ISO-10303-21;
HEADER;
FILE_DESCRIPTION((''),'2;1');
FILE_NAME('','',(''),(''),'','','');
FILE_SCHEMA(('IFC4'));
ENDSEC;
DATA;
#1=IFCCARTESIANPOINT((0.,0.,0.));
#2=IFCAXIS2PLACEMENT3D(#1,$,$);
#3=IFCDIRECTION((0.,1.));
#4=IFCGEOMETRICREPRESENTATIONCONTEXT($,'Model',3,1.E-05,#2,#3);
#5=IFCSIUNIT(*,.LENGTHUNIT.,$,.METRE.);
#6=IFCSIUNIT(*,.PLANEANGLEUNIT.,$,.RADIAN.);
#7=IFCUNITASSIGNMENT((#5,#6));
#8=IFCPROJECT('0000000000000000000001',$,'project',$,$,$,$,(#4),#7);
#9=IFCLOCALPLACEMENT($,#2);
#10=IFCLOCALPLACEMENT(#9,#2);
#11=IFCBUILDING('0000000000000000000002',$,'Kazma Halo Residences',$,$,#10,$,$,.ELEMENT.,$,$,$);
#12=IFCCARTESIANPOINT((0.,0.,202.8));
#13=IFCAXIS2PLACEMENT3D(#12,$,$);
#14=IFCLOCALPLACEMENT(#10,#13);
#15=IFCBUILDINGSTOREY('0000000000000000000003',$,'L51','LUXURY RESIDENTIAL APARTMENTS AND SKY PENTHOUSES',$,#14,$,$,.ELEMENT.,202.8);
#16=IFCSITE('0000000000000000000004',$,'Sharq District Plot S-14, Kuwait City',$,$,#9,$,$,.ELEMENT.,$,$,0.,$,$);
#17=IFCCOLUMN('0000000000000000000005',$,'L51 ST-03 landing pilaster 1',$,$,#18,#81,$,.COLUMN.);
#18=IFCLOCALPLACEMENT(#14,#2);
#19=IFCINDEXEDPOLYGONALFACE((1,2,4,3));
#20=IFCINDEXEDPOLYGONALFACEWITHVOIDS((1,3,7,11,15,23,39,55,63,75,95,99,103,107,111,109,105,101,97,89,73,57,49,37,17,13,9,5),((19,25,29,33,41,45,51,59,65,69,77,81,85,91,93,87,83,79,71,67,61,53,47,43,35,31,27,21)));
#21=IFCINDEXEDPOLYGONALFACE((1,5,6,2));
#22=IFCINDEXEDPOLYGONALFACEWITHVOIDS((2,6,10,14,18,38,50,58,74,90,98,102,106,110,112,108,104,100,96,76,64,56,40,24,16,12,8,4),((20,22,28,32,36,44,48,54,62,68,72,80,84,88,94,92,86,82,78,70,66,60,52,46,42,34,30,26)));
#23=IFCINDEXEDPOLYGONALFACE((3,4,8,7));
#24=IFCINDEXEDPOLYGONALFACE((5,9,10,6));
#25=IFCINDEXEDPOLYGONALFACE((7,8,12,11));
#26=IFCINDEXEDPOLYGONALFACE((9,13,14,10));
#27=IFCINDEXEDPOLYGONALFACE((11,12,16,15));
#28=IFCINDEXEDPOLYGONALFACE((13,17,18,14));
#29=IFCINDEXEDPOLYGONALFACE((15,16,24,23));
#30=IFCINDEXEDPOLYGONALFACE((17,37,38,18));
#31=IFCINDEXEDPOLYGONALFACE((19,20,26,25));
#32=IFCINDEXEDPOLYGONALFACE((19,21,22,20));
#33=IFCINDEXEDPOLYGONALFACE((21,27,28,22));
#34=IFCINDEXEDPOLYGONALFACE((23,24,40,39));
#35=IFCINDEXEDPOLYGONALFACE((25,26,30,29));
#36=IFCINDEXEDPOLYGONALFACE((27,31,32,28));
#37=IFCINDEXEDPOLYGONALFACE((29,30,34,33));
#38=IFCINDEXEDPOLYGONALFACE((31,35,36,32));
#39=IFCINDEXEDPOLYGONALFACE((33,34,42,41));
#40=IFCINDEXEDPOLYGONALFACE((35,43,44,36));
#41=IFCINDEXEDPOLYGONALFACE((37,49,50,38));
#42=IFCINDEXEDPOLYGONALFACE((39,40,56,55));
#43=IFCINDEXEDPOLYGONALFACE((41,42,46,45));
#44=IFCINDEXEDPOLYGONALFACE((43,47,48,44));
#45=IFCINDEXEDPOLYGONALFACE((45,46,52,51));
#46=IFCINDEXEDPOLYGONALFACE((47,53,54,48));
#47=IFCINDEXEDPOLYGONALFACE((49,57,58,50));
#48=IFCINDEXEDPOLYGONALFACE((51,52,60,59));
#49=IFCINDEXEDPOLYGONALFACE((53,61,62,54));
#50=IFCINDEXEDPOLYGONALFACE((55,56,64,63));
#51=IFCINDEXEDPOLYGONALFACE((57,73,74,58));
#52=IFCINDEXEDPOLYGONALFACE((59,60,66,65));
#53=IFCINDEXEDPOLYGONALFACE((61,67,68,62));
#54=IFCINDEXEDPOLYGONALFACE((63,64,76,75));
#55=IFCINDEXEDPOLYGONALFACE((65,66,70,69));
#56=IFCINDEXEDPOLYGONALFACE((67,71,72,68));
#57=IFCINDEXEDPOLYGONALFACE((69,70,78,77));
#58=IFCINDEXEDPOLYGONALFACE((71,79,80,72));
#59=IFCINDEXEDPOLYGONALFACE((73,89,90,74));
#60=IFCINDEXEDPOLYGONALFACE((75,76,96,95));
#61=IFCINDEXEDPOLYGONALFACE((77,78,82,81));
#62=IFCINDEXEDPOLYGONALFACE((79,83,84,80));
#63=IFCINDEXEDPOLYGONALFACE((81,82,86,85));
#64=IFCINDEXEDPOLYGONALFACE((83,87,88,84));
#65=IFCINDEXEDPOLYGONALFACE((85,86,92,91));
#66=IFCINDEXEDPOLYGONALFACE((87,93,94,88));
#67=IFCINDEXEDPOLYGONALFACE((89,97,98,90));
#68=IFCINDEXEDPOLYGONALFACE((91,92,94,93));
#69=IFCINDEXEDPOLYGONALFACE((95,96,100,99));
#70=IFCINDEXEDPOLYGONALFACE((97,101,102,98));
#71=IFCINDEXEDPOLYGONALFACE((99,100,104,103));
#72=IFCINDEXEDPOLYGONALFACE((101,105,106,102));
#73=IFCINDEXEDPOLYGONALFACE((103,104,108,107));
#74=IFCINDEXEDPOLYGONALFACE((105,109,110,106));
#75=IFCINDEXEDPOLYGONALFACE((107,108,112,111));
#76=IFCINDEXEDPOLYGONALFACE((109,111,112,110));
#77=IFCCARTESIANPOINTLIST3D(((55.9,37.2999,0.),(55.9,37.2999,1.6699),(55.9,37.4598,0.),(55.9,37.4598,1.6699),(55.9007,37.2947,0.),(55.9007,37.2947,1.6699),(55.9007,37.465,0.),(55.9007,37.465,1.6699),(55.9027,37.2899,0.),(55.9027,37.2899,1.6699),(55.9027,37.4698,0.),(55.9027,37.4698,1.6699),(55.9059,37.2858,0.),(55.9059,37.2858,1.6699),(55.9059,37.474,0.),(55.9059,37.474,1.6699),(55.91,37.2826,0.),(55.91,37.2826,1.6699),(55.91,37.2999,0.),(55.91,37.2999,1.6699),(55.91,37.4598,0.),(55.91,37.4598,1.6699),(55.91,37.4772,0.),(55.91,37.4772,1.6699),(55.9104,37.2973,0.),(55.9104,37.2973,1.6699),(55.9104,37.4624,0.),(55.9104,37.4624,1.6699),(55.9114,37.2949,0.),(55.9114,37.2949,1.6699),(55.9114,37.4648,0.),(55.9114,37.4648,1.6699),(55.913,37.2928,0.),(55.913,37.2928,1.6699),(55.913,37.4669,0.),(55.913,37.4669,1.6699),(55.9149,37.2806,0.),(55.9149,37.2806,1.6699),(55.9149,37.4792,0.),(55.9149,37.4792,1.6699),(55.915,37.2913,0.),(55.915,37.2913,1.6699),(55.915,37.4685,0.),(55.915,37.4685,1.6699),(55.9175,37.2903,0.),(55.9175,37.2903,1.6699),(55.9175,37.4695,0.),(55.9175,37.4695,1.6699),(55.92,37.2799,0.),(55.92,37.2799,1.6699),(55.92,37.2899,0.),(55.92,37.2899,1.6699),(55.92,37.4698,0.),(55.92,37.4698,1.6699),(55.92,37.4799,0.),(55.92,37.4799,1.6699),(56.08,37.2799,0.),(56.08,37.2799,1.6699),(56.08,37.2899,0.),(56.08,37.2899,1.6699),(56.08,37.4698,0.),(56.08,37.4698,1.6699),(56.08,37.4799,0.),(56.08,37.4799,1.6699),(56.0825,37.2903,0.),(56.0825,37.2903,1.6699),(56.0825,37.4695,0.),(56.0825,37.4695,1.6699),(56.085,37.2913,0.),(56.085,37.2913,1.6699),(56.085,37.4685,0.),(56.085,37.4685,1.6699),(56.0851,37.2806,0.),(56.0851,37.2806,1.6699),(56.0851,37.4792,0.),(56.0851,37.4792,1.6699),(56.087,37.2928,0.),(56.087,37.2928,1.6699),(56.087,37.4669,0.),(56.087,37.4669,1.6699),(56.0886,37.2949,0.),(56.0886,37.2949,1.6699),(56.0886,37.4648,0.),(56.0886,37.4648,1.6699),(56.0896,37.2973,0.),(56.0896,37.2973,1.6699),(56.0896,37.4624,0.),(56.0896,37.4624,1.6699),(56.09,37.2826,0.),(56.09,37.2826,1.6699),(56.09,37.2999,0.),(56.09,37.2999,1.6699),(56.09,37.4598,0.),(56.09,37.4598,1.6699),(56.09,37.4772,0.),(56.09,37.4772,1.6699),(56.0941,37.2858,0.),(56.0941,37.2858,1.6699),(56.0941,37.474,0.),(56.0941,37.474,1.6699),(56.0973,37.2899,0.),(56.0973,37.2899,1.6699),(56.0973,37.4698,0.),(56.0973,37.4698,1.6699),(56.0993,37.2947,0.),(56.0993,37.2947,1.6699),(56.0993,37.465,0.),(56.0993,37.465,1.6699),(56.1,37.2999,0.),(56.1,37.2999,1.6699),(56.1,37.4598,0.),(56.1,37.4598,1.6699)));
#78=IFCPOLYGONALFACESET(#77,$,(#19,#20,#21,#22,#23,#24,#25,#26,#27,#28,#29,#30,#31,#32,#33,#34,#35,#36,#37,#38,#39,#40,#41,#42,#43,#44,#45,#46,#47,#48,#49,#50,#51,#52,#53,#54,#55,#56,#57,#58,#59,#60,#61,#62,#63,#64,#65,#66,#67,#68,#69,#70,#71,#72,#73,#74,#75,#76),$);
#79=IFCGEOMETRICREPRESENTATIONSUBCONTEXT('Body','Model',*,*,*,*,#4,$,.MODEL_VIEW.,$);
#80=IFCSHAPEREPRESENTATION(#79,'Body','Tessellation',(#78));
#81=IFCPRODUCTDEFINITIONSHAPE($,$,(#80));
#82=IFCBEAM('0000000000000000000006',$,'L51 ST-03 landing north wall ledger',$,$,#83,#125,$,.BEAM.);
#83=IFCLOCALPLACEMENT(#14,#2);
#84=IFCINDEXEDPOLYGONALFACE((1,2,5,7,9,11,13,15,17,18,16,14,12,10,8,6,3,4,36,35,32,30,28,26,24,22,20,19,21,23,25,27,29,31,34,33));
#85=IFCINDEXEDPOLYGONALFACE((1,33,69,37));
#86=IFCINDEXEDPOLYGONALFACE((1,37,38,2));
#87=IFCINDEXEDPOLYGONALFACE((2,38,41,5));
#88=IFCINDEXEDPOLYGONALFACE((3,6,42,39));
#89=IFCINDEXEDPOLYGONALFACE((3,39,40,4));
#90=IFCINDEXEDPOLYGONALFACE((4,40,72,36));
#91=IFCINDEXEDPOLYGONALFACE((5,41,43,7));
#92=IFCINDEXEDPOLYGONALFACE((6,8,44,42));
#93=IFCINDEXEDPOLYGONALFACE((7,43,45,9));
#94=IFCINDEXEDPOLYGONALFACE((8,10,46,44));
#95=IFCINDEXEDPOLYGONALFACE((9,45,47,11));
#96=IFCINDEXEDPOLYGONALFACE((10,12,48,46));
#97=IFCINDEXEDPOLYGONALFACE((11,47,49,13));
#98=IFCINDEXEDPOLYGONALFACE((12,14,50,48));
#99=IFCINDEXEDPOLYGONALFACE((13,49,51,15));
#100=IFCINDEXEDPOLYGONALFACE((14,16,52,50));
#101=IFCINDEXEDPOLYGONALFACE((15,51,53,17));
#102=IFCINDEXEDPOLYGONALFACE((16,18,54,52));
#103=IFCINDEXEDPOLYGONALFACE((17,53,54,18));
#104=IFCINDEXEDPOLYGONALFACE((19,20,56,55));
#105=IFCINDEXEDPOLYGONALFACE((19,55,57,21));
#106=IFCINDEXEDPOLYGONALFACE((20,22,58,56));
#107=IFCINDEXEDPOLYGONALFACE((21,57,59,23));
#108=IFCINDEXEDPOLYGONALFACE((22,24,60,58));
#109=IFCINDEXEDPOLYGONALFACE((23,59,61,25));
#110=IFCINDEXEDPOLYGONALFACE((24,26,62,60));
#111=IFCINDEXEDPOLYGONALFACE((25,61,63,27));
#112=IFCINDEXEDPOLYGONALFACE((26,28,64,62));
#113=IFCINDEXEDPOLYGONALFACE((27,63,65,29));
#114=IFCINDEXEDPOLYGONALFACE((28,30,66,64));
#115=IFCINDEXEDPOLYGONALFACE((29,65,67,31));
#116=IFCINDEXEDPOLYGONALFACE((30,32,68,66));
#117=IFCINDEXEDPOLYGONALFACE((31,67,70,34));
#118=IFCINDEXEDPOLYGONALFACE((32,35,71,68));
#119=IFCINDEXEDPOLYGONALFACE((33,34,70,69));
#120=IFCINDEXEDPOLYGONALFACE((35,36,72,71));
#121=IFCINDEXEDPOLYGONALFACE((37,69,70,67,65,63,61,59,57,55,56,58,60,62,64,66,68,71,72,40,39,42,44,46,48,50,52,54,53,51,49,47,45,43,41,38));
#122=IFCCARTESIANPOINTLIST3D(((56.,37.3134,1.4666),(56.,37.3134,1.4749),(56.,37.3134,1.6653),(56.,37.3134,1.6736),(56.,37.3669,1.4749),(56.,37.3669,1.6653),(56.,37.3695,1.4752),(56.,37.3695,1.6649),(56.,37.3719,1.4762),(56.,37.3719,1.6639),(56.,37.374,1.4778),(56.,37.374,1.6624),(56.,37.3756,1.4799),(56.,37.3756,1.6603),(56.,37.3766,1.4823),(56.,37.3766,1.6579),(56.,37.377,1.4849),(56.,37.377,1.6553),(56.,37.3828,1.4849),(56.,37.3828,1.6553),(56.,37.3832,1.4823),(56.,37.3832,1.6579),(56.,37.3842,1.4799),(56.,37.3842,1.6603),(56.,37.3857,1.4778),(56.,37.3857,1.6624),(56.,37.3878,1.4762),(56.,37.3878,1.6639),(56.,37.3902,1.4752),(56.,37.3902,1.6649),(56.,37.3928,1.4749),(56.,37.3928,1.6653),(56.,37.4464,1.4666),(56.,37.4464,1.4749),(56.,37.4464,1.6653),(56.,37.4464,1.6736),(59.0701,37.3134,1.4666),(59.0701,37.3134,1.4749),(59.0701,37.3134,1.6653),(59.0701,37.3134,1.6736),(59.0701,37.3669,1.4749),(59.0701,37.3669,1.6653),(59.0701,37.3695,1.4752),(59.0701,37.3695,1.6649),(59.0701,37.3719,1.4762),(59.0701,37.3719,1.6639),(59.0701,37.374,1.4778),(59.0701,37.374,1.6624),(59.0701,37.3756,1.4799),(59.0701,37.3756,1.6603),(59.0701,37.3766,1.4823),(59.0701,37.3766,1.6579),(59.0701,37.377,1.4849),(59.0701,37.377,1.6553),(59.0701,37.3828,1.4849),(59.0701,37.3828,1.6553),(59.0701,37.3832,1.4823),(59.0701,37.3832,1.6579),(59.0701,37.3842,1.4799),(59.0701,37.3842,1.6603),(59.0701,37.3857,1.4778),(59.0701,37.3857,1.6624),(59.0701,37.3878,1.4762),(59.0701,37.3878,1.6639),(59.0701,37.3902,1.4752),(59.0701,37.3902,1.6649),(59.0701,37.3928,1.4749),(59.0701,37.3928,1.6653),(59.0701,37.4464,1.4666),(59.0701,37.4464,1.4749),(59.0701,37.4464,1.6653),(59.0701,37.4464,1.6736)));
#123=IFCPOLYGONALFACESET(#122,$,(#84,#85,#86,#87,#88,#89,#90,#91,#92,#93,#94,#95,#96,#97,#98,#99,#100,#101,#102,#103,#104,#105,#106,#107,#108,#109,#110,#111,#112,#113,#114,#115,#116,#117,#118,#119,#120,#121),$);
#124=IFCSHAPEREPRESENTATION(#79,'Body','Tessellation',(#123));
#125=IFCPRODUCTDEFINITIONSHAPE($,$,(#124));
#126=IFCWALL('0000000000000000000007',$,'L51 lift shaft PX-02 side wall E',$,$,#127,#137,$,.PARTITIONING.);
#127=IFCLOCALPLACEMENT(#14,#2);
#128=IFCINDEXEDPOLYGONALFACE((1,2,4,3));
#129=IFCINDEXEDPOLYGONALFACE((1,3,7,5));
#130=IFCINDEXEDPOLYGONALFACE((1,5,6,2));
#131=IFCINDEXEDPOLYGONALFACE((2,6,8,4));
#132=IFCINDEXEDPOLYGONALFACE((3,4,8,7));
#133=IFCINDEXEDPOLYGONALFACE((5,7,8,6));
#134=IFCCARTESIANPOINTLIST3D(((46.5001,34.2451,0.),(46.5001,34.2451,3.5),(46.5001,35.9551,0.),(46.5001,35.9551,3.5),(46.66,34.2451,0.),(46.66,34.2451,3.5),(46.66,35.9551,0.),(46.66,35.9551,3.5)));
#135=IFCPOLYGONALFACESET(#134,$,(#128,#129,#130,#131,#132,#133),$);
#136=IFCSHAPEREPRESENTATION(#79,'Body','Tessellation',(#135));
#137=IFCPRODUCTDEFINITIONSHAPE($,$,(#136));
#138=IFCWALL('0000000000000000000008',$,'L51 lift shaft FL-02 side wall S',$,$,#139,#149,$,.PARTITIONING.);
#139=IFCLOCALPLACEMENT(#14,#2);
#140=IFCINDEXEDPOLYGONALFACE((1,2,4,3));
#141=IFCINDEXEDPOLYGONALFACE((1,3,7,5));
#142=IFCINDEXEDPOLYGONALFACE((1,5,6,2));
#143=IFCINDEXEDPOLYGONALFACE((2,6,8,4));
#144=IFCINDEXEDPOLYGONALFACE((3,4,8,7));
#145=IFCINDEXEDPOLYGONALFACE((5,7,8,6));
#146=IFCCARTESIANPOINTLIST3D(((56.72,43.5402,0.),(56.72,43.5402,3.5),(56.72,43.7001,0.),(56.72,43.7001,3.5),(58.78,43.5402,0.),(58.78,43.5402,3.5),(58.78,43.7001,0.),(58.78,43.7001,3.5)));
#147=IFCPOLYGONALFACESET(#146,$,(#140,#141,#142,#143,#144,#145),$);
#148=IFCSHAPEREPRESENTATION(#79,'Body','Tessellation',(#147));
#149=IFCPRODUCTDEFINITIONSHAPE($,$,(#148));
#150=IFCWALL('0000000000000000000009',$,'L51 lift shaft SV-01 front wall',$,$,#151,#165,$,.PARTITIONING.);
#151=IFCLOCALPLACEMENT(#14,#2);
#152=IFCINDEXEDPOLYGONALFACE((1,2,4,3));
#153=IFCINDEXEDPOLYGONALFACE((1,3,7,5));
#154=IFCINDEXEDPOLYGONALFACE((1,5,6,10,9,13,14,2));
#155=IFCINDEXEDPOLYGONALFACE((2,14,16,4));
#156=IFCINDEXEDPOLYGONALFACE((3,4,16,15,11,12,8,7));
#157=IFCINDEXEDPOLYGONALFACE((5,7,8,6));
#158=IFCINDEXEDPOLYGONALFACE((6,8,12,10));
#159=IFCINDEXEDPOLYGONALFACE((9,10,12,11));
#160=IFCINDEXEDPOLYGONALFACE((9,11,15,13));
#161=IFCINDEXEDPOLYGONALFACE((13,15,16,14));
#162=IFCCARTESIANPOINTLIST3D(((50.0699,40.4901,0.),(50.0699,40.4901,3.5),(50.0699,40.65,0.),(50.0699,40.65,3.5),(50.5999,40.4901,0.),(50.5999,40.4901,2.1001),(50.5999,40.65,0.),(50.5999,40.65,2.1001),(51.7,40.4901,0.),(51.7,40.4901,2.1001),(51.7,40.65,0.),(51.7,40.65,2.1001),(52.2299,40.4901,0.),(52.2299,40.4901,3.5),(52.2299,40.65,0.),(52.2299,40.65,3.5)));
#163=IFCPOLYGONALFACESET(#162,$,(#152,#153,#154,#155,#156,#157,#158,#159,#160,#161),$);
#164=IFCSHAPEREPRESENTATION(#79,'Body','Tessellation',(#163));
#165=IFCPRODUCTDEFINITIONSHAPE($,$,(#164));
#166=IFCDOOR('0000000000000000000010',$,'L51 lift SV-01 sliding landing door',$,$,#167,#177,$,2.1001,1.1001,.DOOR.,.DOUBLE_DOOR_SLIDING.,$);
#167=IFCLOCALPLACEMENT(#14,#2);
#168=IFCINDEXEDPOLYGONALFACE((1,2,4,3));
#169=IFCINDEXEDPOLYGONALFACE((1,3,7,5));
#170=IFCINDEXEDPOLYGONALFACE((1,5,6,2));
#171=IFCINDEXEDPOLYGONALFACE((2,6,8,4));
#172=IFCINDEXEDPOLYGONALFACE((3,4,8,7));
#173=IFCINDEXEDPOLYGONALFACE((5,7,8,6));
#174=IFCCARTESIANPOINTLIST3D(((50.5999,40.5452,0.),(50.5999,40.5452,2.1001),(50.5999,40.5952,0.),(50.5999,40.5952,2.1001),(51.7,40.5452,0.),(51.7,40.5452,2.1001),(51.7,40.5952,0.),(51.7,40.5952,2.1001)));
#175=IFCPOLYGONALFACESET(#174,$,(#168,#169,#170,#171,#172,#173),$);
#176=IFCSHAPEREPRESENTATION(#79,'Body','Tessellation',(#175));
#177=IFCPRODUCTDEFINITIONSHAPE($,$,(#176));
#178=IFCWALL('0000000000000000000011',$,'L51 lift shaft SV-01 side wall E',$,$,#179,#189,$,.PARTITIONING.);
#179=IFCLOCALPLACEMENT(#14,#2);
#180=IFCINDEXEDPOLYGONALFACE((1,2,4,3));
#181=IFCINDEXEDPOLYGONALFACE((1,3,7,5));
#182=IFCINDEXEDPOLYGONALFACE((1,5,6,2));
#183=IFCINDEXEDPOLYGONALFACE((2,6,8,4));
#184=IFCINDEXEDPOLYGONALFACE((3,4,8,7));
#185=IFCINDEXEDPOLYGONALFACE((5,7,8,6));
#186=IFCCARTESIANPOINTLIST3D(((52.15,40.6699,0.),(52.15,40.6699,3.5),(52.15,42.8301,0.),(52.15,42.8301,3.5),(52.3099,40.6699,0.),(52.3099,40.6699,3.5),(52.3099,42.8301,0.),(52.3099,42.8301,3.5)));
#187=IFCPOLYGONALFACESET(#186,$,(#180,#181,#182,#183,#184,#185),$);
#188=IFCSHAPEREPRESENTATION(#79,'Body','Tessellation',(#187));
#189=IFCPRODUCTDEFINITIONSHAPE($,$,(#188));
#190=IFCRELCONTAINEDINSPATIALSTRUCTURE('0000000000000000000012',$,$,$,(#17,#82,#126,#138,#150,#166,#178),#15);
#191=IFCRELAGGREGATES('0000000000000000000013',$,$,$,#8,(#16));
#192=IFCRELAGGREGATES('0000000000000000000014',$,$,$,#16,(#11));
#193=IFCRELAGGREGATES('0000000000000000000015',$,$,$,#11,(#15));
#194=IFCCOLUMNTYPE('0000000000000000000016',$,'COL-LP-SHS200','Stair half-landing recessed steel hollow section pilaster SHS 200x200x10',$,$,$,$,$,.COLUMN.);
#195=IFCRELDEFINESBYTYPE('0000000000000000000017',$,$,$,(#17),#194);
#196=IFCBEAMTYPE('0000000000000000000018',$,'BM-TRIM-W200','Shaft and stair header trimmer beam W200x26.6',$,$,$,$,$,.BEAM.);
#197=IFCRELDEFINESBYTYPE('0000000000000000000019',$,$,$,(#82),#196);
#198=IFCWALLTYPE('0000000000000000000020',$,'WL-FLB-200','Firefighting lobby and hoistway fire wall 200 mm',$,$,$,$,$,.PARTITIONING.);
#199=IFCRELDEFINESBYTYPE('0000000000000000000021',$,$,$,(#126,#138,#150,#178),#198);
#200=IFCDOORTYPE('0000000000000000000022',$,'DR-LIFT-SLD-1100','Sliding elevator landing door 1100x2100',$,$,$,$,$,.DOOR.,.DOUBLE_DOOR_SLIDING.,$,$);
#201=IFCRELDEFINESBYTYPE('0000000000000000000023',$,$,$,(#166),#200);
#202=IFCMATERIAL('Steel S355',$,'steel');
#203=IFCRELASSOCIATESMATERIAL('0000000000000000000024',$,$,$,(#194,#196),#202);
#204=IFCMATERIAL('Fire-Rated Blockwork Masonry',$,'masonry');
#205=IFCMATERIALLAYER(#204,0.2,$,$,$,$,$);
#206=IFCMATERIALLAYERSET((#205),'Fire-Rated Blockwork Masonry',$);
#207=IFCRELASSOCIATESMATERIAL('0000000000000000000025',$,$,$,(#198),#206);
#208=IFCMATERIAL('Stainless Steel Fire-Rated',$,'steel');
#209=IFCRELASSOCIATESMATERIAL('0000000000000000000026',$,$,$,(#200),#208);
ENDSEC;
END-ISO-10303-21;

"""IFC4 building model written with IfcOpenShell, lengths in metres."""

from ifc_helpers import new_model, si_unit, direction, frame, frame_2d, origin, origin_2d, place, context, subcontext, project, spatial, rectangle, hollow_rectangle, i_section, extrude, material, layer, layer_set, material_profile, profile_set, type_object, element, fill, save


model = new_model("IFC4")

# Units and contexts
model_context = context("Model", 3, precision=1e-05, world=origin(), true_north=direction((0.0, 1.0)))
body_context = subcontext(model_context, "Body", "Model", "MODEL_VIEW")
ifc_project = project(units=[si_unit("LENGTHUNIT", "METRE"), si_unit("PLANEANGLEUNIT", "RADIAN")], contexts=[model_context])

# Site, building, storey
site_placement = place(None, origin())
site = spatial("IfcSite", under=ifc_project, at=site_placement, Name="Sharq District Plot S-14, Kuwait City", CompositionType="ELEMENT", RefElevation=0.0)
building_placement = place(site_placement, origin())
building = spatial("IfcBuilding", under=site, at=building_placement, Name="Kazma Halo Residences", CompositionType="ELEMENT")
storey_placement = place(building_placement, frame((0.0, 0.0, 202.8)))
storey = spatial("IfcBuildingStorey", under=building, at=storey_placement, Name="L51", Description="LUXURY RESIDENTIAL APARTMENTS AND SKY PENTHOUSES", CompositionType="ELEMENT", Elevation=202.8)

# Column
ifc_material_1 = material(Name="Steel S355", Category="steel")
ifc_material_profile_1 = material_profile(ifc_material_1, hollow_rectangle(XDim=0.2, YDim=0.2, WallThickness=0.01, InnerFilletRadius=0.01, OuterFilletRadius=0.02, at=origin_2d()), Name="SHS200x200x10")
ifc_profile_set_1 = profile_set([ifc_material_profile_1], Name="Steel S355")
column_type = type_object("IfcColumnType", Name="COL-LP-SHS200", Description="Stair half-landing recessed steel hollow section pilaster SHS 200x200x10", PredefinedType="COLUMN", material=ifc_profile_set_1)
column_placement = place(storey_placement, frame((56.0, 37.3799, 0.0), z_axis=(0.0, 0.0, 1.0), x_axis=(1.0, 0.0, 0.0)))
element("IfcColumn", 1, at=column_placement, inside=storey, type_object=column_type, Name="L51 ST-03 landing pilaster 1", PredefinedType="COLUMN", context=body_context, shape_type="SweptSolid", body=[
    extrude(hollow_rectangle(XDim=0.2, YDim=0.2, WallThickness=0.01, InnerFilletRadius=0.01, OuterFilletRadius=0.02, at=origin_2d()), origin(), (0.0, 0.0, 1.0), 1.6699),
])

# Beam
ifc_material_profile_2 = material_profile(ifc_material_1, i_section(OverallWidth=0.1331, OverallDepth=0.207, WebThickness=0.0059, FlangeThickness=0.0083, FilletRadius=0.01, at=origin_2d()), Name="W200x26.6")
ifc_profile_set_2 = profile_set([ifc_material_profile_2], Name="Steel S355")
beam_type = type_object("IfcBeamType", Name="BM-TRIM-W200", Description="Shaft and stair header trimmer beam W200x26.6", PredefinedType="BEAM", material=ifc_profile_set_2)
beam_placement = place(storey_placement, frame((56.0, 37.3799, 1.5701), z_axis=(1.0, 0.0, 0.0), x_axis=(0.0, 1.0, 0.0)))
element("IfcBeam", 2, at=beam_placement, inside=storey, type_object=beam_type, Name="L51 ST-03 landing north wall ledger", PredefinedType="BEAM", context=body_context, shape_type="SweptSolid", body=[
    extrude(i_section(OverallWidth=0.1331, OverallDepth=0.207, WebThickness=0.0059, FlangeThickness=0.0083, FilletRadius=0.01, at=origin_2d()), origin(), (0.0, 0.0, 1.0), 3.0701),
])

# Walls
ifc_material_2 = material(Name="Fire-Rated Blockwork Masonry", Category="masonry")
ifc_layer_1 = layer(ifc_material_2, 0.2)
ifc_layer_set_1 = layer_set([ifc_layer_1], Name="Fire-Rated Blockwork Masonry")
wall_type_1 = type_object("IfcWallType", Name="WL-FLB-200", Description="Firefighting lobby and hoistway fire wall 200 mm", PredefinedType="PARTITIONING", material=ifc_layer_set_1)
wall_1_placement = place(storey_placement, frame((46.5801, 34.2451, 0.0), z_axis=(0.0, 0.0, 1.0), x_axis=(0.0, 1.0, 0.0)))
element("IfcWall", 3, at=wall_1_placement, inside=storey, type_object=wall_type_1, Name="L51 lift shaft PX-02 side wall E", PredefinedType="PARTITIONING", context=body_context, shape_type="SweptSolid", body=[
    extrude(rectangle(XDim=1.71, YDim=0.1599, at=frame_2d((0.855, 0.0))), origin(), (0.0, 0.0, 1.0), 3.5),
])
wall_2_placement = place(storey_placement, frame((56.72, 43.6201, 0.0), z_axis=(0.0, 0.0, 1.0), x_axis=(1.0, 0.0, 0.0)))
element("IfcWall", 4, at=wall_2_placement, inside=storey, type_object=wall_type_1, Name="L51 lift shaft FL-02 side wall S", PredefinedType="PARTITIONING", context=body_context, shape_type="SweptSolid", body=[
    extrude(rectangle(XDim=2.0601, YDim=0.1599, at=frame_2d((1.03, 0.0))), origin(), (0.0, 0.0, 1.0), 3.5),
])

# Wall, opening, door
wall_3_placement = place(storey_placement, frame((52.23, 40.5701, 0.0), z_axis=(0.0, 0.0, 1.0), x_axis=(-1.0, 0.0, 0.0)))
wall_3 = element("IfcWall", 5, at=wall_3_placement, inside=storey, type_object=wall_type_1, Name="L51 lift shaft SV-01 front wall", PredefinedType="PARTITIONING", context=body_context, shape_type="SweptSolid", body=[
    extrude(rectangle(XDim=2.1599, YDim=0.1599, at=frame_2d((1.0801, 0.0))), origin(), (0.0, 0.0, 1.0), 3.5),
])
opening_1_placement = place(wall_3_placement, frame((0.53, 0.0, 0.0)))
opening_1 = element("IfcOpeningElement", 6, at=opening_1_placement, cuts=wall_3, PredefinedType="OPENING", context=body_context, shape_type="SweptSolid", body=[
    extrude(rectangle(XDim=1.1001, YDim=2.1001, at=frame_2d((0.55, 1.05))), frame((0.0, 0.0898, 0.0), z_axis=(0.0, -1.0, 0.0), x_axis=(1.0, 0.0, 0.0)), (0.0, 0.0, 1.0), 0.1799),
])
ifc_material_3 = material(Name="Stainless Steel Fire-Rated", Category="steel")
door_type_1 = type_object("IfcDoorType", Name="DR-LIFT-SLD-1100", Description="Sliding elevator landing door 1100x2100", OperationType="DOUBLE_DOOR_SLIDING", PredefinedType="DOOR", material=ifc_material_3)
door_1_placement = place(opening_1_placement, origin())
door_1 = element("IfcDoor", 7, at=door_1_placement, inside=storey, type_object=door_type_1, Name="L51 lift SV-01 sliding landing door", OperationType="DOUBLE_DOOR_SLIDING", OverallHeight=2.1001, OverallWidth=1.1001, PredefinedType="DOOR", context=body_context, shape_type="SweptSolid", body=[
    extrude(rectangle(XDim=1.1001, YDim=2.1001, at=frame_2d((0.55, 1.05))), frame((0.0, 0.0249, 0.0), z_axis=(0.0, -1.0, 0.0), x_axis=(1.0, 0.0, 0.0)), (0.0, 0.0, 1.0), 0.05),
])
fill(opening_1, door_1)

# Wall
for number, where, z_axis, x_axis, name in (
    (8, (52.23, 40.6699, 0.0), (0.0, 0.0, 1.0), (0.0, 1.0, 0.0), "L51 lift shaft SV-01 side wall E"),
):
    element("IfcWall", number, at=place(storey_placement, frame(where, z_axis=z_axis, x_axis=x_axis)), inside=storey, type_object=wall_type_1, Name=name, PredefinedType="PARTITIONING", context=body_context, shape_type="SweptSolid", body=[
        extrude(rectangle(XDim=2.1602, YDim=0.1599, at=frame_2d((1.0801, 0.0))), origin(), (0.0, 0.0, 1.0), 3.5),
    ])

save(model, "model.ifc")
